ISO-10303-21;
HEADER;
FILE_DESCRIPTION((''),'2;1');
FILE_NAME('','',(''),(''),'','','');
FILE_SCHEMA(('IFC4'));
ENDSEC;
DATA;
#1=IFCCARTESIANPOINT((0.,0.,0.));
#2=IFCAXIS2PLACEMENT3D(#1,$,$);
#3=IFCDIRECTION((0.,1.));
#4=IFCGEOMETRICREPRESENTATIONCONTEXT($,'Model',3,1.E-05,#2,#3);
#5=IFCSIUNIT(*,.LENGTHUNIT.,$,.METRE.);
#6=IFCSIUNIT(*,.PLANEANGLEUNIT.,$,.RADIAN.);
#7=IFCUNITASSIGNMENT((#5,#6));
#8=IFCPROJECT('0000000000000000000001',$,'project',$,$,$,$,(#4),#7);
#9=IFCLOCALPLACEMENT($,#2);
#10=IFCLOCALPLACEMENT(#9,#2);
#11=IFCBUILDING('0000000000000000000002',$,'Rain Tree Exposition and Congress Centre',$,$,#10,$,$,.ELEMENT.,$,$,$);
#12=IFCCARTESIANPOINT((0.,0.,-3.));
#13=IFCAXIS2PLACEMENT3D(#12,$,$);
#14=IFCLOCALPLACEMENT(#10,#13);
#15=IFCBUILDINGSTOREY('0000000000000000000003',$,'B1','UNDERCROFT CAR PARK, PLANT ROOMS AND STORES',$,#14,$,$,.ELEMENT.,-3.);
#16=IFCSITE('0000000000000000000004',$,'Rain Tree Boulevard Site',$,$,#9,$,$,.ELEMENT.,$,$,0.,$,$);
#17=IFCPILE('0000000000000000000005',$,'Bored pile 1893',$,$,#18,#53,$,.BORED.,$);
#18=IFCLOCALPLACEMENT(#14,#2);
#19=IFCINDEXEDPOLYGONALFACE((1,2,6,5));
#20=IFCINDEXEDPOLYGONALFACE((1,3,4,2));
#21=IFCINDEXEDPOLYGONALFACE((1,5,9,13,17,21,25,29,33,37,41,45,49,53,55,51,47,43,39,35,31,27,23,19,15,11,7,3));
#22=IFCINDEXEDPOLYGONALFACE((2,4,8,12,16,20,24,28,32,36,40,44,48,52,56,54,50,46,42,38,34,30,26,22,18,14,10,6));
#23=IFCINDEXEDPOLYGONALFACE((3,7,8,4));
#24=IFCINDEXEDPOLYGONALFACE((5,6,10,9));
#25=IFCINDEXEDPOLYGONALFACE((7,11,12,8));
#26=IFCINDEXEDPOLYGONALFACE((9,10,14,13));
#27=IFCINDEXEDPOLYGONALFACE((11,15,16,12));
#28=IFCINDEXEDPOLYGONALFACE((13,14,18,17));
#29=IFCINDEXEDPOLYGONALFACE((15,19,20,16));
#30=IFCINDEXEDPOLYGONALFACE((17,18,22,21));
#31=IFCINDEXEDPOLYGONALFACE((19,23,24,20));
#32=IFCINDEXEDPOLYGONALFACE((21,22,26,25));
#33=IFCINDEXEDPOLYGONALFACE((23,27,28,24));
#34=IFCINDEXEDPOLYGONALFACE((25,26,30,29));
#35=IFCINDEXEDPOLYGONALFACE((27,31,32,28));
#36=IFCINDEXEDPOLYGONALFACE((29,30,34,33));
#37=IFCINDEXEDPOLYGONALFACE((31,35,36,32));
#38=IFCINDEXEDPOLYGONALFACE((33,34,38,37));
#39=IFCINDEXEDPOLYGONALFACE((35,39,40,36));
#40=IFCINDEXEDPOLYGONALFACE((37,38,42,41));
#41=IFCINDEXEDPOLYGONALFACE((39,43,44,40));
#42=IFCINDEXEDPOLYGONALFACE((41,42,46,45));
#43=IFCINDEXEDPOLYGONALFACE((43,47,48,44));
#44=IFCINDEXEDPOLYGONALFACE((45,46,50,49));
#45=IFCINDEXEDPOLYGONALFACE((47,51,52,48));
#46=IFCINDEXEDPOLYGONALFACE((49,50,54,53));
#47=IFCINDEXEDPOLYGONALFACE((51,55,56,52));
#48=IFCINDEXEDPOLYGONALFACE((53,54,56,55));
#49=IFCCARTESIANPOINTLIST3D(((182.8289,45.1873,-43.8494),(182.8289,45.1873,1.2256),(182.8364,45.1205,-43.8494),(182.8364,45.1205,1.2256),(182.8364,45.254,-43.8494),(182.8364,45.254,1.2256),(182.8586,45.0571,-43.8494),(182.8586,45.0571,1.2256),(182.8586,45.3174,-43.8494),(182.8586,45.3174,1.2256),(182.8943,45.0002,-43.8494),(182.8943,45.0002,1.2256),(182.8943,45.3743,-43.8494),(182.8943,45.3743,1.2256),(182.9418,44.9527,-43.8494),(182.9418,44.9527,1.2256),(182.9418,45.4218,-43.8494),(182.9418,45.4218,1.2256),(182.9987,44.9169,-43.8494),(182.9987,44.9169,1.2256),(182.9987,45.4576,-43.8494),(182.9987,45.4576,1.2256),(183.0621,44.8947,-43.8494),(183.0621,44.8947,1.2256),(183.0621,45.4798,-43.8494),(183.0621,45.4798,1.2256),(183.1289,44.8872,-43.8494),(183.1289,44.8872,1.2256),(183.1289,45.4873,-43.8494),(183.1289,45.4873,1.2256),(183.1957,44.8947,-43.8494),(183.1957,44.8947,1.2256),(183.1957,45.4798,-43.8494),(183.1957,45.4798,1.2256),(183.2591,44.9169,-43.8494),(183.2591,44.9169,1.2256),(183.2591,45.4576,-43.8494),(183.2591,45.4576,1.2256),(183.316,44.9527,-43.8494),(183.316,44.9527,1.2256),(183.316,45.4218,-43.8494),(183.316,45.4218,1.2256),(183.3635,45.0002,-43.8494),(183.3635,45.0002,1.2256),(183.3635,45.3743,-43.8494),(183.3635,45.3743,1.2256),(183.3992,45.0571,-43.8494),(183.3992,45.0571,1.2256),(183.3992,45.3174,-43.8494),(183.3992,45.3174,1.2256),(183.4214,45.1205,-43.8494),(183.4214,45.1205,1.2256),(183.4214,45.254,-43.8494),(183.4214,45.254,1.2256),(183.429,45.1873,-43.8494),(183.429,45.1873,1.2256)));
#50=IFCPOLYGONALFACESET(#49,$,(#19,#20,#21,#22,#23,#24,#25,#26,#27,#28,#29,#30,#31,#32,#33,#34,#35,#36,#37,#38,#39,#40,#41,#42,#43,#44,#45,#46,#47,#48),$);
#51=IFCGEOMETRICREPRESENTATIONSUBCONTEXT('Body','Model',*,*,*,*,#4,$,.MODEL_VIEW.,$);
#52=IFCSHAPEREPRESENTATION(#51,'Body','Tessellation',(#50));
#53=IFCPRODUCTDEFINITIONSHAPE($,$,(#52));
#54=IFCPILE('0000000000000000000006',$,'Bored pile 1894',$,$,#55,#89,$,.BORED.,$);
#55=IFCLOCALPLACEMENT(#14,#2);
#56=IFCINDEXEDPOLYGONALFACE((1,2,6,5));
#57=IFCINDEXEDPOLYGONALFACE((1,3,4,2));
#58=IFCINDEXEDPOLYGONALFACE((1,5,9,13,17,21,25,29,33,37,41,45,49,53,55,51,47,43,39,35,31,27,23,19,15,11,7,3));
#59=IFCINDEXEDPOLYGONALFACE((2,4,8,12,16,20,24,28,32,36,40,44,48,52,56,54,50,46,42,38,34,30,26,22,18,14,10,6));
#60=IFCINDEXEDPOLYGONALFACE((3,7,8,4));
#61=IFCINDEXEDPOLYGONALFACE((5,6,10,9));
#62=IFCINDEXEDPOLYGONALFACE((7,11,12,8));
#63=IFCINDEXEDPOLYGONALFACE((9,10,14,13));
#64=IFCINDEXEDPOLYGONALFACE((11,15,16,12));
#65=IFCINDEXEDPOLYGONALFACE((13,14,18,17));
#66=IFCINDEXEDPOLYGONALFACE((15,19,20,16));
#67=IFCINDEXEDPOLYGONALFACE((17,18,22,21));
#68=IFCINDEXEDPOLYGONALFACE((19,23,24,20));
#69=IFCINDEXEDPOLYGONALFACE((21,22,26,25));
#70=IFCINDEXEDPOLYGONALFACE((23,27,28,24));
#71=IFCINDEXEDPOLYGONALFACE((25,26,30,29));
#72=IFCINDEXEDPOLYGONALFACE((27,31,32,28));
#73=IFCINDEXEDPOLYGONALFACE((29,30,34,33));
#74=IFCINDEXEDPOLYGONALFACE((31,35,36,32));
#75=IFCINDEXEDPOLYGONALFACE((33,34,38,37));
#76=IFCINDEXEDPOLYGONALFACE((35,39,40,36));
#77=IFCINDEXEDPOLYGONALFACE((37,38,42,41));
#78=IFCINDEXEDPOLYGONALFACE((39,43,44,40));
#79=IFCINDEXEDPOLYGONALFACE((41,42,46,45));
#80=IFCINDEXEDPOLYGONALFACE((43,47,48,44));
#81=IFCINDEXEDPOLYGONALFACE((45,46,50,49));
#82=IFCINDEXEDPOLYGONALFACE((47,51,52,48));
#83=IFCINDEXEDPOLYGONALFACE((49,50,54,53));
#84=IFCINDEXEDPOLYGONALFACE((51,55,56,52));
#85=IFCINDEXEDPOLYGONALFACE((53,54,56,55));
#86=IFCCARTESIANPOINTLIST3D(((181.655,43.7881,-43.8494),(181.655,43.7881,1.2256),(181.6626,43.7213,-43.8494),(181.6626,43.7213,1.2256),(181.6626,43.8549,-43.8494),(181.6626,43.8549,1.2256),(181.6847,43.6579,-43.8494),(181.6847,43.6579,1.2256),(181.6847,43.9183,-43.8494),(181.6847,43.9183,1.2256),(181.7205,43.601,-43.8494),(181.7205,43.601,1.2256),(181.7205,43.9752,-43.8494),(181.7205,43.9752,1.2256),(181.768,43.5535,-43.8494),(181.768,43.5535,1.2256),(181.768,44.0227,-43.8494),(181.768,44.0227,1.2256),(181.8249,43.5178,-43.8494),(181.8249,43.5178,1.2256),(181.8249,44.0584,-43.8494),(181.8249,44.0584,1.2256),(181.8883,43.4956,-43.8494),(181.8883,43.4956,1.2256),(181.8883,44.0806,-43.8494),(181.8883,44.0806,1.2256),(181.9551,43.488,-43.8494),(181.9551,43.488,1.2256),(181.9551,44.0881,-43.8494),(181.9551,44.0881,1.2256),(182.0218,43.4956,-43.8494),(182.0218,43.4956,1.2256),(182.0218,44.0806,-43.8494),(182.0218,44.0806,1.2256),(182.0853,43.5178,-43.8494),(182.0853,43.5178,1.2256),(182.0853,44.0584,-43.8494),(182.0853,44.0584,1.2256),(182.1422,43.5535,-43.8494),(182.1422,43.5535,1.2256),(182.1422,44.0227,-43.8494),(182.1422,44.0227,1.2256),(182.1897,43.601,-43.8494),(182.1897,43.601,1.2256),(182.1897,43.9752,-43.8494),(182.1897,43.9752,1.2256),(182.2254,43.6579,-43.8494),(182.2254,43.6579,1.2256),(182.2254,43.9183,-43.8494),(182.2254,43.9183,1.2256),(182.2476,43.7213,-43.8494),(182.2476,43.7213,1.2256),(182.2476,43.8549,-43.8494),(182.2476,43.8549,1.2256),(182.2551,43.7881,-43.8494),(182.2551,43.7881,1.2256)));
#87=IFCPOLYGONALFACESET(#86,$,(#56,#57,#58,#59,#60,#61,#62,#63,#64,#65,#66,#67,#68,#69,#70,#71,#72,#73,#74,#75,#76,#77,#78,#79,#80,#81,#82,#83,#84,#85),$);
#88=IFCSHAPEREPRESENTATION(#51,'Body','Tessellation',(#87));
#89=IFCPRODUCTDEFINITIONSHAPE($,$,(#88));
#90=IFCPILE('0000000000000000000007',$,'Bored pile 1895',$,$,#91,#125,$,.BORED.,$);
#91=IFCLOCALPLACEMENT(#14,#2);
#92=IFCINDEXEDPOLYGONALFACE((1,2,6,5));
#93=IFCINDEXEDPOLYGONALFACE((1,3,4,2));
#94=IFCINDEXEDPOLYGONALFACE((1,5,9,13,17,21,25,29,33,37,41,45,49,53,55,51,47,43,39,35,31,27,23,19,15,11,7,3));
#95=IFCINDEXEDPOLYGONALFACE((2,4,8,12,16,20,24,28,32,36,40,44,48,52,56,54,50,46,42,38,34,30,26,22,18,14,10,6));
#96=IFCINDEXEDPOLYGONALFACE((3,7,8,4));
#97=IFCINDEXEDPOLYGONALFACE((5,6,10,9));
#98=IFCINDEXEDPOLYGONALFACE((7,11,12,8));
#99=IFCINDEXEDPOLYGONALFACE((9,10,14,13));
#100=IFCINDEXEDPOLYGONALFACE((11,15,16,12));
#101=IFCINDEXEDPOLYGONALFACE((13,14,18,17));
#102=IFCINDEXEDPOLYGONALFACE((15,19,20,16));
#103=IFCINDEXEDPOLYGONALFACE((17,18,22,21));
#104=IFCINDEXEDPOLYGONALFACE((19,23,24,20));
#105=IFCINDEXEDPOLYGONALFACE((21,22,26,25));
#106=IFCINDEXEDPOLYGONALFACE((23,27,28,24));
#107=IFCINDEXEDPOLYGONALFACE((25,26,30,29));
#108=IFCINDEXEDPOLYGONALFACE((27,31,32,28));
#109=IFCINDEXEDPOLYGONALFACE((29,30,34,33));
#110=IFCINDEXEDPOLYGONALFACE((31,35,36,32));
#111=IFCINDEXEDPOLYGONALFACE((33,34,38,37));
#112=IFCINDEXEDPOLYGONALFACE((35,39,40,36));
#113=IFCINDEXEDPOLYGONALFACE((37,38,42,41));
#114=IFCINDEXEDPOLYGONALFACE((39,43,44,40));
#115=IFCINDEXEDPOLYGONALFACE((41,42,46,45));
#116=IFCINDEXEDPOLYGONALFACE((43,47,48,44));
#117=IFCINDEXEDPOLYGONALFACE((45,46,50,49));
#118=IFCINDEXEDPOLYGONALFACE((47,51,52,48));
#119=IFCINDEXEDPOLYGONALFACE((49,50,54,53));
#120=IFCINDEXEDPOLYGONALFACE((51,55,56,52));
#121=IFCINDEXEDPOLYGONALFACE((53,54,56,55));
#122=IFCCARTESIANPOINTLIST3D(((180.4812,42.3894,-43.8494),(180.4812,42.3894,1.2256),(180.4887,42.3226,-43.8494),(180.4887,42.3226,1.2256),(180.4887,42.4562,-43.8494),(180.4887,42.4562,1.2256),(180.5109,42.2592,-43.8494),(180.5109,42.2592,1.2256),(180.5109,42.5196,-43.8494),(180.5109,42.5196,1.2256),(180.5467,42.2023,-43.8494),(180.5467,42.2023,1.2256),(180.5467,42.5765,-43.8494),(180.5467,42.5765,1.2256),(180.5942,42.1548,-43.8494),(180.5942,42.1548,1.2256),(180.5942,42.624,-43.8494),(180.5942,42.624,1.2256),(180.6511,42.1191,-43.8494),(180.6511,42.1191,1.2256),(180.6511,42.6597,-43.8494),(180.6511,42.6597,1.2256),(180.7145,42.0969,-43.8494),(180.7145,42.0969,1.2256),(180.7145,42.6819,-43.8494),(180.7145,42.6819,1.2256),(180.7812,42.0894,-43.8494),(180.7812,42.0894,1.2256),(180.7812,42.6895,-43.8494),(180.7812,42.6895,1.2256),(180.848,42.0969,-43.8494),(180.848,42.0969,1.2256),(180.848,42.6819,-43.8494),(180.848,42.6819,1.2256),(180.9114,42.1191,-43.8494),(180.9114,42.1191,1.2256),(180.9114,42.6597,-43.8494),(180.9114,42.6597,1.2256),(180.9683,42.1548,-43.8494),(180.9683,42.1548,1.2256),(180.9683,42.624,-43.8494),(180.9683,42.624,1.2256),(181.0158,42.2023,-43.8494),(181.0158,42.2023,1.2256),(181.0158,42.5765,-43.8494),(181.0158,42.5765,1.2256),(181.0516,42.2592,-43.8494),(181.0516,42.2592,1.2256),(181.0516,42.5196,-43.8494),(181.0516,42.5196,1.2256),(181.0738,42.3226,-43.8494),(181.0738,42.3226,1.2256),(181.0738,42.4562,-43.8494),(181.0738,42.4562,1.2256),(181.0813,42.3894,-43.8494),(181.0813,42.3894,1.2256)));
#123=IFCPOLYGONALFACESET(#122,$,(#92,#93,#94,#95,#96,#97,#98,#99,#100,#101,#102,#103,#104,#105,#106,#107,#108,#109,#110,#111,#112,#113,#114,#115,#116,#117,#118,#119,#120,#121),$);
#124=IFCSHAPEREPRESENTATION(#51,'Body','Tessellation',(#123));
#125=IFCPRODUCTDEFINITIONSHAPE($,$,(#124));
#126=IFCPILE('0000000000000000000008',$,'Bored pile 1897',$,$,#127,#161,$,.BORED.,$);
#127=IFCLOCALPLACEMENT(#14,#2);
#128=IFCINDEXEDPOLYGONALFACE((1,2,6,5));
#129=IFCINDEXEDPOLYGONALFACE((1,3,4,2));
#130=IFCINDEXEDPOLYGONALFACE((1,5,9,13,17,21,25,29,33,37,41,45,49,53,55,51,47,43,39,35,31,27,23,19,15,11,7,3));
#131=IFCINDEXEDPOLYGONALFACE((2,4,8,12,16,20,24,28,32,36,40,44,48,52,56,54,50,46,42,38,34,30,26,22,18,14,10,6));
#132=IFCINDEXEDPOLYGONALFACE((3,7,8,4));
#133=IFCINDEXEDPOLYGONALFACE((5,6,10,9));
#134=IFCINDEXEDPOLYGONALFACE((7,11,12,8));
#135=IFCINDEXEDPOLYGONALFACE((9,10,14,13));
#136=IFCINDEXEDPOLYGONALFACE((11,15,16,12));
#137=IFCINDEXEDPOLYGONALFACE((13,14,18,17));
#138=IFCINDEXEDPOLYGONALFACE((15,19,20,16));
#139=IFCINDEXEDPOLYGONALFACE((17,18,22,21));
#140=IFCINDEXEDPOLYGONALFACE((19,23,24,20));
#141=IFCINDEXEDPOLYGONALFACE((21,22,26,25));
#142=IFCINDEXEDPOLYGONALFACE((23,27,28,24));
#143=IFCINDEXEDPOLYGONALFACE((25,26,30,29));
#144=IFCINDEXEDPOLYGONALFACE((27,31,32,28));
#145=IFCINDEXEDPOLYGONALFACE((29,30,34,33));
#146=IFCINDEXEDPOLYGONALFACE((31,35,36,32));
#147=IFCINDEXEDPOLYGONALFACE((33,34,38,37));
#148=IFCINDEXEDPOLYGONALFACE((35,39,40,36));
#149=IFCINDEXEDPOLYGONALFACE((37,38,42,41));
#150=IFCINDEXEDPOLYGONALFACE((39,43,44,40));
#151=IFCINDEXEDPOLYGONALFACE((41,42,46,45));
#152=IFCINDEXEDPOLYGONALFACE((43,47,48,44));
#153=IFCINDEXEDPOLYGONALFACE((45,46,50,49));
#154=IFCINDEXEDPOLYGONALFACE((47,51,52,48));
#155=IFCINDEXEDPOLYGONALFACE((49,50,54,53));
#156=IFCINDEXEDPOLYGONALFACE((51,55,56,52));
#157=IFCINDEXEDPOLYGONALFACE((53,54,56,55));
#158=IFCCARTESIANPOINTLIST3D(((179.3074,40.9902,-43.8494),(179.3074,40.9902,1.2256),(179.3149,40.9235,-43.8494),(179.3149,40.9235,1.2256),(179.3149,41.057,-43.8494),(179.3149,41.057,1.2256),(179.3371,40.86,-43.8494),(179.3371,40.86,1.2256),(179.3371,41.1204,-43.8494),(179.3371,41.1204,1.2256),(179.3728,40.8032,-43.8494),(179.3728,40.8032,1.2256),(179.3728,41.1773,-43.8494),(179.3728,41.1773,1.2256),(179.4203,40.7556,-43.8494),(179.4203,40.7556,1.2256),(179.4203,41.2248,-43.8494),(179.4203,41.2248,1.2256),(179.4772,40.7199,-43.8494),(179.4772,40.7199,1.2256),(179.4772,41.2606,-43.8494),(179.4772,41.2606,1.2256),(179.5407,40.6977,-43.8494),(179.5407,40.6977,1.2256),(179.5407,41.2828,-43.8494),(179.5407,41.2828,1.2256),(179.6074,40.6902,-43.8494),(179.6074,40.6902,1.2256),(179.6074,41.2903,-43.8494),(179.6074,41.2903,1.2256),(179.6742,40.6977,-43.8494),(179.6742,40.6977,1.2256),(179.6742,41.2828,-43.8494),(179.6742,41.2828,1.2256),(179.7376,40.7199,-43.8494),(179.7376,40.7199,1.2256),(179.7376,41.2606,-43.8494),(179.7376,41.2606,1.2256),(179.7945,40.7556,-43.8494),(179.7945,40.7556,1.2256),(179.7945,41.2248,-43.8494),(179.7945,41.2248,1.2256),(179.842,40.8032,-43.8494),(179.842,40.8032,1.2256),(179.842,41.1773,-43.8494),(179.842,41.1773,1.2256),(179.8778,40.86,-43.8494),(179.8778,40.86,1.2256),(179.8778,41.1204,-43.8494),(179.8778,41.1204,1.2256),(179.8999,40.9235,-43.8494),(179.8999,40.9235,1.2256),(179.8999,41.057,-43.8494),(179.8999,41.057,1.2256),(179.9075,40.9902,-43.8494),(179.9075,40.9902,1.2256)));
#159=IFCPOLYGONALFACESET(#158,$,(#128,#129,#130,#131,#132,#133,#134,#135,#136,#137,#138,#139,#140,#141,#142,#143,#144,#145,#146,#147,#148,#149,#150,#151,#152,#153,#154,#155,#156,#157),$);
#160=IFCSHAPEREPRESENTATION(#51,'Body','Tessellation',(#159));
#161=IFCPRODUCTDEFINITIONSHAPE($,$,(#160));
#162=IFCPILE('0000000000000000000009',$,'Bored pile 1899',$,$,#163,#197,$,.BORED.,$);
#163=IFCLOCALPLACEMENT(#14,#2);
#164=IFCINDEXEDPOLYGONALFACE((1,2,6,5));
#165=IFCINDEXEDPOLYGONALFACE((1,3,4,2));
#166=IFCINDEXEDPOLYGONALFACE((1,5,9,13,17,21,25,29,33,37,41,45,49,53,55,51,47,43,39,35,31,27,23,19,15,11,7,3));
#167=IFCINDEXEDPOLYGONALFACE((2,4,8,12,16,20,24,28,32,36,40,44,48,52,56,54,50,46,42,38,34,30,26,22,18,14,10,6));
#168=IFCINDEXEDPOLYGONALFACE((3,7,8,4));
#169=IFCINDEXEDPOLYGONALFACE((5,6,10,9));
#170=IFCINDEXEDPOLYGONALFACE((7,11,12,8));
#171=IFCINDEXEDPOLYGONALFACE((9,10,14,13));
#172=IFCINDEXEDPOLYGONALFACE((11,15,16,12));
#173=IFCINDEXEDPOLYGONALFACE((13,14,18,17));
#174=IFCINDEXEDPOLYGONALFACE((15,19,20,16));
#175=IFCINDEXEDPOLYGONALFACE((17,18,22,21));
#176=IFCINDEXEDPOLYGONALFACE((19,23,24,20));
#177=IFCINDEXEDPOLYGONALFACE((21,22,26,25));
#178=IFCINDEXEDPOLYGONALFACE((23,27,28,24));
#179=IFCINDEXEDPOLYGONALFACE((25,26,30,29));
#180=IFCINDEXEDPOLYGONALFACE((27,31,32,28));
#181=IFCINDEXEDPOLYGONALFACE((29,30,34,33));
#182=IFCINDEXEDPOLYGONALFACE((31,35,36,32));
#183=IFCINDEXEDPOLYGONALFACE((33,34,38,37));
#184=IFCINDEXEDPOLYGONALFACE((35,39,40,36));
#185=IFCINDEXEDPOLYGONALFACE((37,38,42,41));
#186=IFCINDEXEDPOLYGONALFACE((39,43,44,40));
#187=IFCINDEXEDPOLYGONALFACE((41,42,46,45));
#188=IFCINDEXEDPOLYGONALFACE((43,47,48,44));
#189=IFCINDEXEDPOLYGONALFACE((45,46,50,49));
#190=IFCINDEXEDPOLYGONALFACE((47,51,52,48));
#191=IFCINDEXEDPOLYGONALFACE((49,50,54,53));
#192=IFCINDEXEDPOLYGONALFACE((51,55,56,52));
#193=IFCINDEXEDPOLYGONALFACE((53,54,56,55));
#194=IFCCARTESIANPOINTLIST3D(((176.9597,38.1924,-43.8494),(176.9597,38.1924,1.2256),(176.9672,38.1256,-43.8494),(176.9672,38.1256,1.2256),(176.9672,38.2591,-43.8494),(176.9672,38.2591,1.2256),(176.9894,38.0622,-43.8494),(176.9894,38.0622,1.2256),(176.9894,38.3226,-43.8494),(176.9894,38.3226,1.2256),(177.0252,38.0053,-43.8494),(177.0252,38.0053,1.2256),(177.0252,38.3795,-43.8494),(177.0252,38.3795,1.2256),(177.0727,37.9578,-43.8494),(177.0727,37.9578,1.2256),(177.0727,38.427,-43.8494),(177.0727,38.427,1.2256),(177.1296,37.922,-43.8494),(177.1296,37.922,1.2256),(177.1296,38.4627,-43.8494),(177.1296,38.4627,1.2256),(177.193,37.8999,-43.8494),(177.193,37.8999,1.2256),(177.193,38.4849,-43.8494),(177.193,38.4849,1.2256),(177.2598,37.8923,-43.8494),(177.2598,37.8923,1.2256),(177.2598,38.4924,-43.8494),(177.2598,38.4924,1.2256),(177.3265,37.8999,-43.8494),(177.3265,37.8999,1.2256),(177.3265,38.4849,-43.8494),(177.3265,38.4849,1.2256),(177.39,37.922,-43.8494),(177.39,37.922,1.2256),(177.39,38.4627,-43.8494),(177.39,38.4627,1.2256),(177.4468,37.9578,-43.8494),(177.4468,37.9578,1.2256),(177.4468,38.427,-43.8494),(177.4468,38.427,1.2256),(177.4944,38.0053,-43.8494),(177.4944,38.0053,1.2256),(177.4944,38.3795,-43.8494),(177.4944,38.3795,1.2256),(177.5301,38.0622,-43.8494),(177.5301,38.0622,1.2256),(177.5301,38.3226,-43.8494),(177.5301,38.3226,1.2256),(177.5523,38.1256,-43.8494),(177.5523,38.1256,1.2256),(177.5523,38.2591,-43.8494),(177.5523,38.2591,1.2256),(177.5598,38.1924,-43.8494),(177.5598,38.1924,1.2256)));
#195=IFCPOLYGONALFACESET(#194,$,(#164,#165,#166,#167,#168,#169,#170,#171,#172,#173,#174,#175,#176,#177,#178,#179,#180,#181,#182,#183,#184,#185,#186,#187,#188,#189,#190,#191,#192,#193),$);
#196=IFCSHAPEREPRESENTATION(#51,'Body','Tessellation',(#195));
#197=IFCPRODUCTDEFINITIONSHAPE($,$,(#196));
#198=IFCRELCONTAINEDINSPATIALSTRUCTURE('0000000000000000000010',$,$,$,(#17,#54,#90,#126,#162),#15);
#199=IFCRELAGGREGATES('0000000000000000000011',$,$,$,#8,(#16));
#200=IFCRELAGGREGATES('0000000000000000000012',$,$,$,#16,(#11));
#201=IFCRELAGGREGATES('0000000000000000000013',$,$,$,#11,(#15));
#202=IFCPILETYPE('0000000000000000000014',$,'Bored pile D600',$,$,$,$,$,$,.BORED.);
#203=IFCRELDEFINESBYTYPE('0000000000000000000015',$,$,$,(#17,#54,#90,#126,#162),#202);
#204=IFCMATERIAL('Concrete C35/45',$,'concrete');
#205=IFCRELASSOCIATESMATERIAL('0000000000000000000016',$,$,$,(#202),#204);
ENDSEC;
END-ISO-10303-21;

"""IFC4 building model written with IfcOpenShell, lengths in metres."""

from ifc_helpers import new_model, si_unit, direction, frame, origin, origin_2d, place, context, subcontext, project, spatial, circle, extrude, material, material_profile, profile_set, type_object, element, save


model = new_model("IFC4")

# Units and contexts
model_context = context("Model", 3, precision=1e-05, world=origin(), true_north=direction((0.0, 1.0)))
body_context = subcontext(model_context, "Body", "Model", "MODEL_VIEW")
ifc_project = project(units=[si_unit("LENGTHUNIT", "METRE"), si_unit("PLANEANGLEUNIT", "RADIAN")], contexts=[model_context])

# Site, building, storey
site_placement = place(None, origin())
site = spatial("IfcSite", under=ifc_project, at=site_placement, Name="Rain Tree Boulevard Site", CompositionType="ELEMENT", RefElevation=0.0)
building_placement = place(site_placement, origin())
building = spatial("IfcBuilding", under=site, at=building_placement, Name="Rain Tree Exposition and Congress Centre", CompositionType="ELEMENT")
storey_placement = place(building_placement, frame((0.0, 0.0, -3.0)))
storey = spatial("IfcBuildingStorey", under=building, at=storey_placement, Name="B1", Description="UNDERCROFT CAR PARK, PLANT ROOMS AND STORES", CompositionType="ELEMENT", Elevation=-3.0)

# Piles
ifc_material_1 = material(Name="Concrete C35/45", Category="concrete")
ifc_material_profile_1 = material_profile(ifc_material_1, circle(Radius=0.3, at=origin_2d()), Name="D600")
ifc_profile_set_1 = profile_set([ifc_material_profile_1], Name="Concrete C35/45")
pile_type_1 = type_object("IfcPileType", Name="Bored pile D600", PredefinedType="BORED", material=ifc_profile_set_1)
for number, where, z_axis, x_axis, name in (
    (1, (183.1289, 45.1873, 1.2256), (0.0, 0.0, -1.0), (1.0, 0.0, 0.0), "Bored pile 1893"),
    (2, (181.9551, 43.7881, 1.2256), (0.0, 0.0, -1.0), (1.0, 0.0, 0.0), "Bored pile 1894"),
    (3, (180.7812, 42.3894, 1.2256), (0.0, 0.0, -1.0), (1.0, 0.0, 0.0), "Bored pile 1895"),
    (4, (179.6074, 40.9902, 1.2256), (0.0, 0.0, -1.0), (1.0, 0.0, 0.0), "Bored pile 1897"),
    (5, (177.2598, 38.1924, 1.2256), (0.0, 0.0, -1.0), (1.0, 0.0, 0.0), "Bored pile 1899"),
):
    element("IfcPile", number, at=place(storey_placement, frame(where, z_axis=z_axis, x_axis=x_axis)), inside=storey, type_object=pile_type_1, Name=name, PredefinedType="BORED", context=body_context, shape_type="SweptSolid", body=[
        extrude(circle(Radius=0.3, at=origin_2d()), origin(), (0.0, 0.0, 1.0), 45.075),
    ])

save(model, "model.ifc")
